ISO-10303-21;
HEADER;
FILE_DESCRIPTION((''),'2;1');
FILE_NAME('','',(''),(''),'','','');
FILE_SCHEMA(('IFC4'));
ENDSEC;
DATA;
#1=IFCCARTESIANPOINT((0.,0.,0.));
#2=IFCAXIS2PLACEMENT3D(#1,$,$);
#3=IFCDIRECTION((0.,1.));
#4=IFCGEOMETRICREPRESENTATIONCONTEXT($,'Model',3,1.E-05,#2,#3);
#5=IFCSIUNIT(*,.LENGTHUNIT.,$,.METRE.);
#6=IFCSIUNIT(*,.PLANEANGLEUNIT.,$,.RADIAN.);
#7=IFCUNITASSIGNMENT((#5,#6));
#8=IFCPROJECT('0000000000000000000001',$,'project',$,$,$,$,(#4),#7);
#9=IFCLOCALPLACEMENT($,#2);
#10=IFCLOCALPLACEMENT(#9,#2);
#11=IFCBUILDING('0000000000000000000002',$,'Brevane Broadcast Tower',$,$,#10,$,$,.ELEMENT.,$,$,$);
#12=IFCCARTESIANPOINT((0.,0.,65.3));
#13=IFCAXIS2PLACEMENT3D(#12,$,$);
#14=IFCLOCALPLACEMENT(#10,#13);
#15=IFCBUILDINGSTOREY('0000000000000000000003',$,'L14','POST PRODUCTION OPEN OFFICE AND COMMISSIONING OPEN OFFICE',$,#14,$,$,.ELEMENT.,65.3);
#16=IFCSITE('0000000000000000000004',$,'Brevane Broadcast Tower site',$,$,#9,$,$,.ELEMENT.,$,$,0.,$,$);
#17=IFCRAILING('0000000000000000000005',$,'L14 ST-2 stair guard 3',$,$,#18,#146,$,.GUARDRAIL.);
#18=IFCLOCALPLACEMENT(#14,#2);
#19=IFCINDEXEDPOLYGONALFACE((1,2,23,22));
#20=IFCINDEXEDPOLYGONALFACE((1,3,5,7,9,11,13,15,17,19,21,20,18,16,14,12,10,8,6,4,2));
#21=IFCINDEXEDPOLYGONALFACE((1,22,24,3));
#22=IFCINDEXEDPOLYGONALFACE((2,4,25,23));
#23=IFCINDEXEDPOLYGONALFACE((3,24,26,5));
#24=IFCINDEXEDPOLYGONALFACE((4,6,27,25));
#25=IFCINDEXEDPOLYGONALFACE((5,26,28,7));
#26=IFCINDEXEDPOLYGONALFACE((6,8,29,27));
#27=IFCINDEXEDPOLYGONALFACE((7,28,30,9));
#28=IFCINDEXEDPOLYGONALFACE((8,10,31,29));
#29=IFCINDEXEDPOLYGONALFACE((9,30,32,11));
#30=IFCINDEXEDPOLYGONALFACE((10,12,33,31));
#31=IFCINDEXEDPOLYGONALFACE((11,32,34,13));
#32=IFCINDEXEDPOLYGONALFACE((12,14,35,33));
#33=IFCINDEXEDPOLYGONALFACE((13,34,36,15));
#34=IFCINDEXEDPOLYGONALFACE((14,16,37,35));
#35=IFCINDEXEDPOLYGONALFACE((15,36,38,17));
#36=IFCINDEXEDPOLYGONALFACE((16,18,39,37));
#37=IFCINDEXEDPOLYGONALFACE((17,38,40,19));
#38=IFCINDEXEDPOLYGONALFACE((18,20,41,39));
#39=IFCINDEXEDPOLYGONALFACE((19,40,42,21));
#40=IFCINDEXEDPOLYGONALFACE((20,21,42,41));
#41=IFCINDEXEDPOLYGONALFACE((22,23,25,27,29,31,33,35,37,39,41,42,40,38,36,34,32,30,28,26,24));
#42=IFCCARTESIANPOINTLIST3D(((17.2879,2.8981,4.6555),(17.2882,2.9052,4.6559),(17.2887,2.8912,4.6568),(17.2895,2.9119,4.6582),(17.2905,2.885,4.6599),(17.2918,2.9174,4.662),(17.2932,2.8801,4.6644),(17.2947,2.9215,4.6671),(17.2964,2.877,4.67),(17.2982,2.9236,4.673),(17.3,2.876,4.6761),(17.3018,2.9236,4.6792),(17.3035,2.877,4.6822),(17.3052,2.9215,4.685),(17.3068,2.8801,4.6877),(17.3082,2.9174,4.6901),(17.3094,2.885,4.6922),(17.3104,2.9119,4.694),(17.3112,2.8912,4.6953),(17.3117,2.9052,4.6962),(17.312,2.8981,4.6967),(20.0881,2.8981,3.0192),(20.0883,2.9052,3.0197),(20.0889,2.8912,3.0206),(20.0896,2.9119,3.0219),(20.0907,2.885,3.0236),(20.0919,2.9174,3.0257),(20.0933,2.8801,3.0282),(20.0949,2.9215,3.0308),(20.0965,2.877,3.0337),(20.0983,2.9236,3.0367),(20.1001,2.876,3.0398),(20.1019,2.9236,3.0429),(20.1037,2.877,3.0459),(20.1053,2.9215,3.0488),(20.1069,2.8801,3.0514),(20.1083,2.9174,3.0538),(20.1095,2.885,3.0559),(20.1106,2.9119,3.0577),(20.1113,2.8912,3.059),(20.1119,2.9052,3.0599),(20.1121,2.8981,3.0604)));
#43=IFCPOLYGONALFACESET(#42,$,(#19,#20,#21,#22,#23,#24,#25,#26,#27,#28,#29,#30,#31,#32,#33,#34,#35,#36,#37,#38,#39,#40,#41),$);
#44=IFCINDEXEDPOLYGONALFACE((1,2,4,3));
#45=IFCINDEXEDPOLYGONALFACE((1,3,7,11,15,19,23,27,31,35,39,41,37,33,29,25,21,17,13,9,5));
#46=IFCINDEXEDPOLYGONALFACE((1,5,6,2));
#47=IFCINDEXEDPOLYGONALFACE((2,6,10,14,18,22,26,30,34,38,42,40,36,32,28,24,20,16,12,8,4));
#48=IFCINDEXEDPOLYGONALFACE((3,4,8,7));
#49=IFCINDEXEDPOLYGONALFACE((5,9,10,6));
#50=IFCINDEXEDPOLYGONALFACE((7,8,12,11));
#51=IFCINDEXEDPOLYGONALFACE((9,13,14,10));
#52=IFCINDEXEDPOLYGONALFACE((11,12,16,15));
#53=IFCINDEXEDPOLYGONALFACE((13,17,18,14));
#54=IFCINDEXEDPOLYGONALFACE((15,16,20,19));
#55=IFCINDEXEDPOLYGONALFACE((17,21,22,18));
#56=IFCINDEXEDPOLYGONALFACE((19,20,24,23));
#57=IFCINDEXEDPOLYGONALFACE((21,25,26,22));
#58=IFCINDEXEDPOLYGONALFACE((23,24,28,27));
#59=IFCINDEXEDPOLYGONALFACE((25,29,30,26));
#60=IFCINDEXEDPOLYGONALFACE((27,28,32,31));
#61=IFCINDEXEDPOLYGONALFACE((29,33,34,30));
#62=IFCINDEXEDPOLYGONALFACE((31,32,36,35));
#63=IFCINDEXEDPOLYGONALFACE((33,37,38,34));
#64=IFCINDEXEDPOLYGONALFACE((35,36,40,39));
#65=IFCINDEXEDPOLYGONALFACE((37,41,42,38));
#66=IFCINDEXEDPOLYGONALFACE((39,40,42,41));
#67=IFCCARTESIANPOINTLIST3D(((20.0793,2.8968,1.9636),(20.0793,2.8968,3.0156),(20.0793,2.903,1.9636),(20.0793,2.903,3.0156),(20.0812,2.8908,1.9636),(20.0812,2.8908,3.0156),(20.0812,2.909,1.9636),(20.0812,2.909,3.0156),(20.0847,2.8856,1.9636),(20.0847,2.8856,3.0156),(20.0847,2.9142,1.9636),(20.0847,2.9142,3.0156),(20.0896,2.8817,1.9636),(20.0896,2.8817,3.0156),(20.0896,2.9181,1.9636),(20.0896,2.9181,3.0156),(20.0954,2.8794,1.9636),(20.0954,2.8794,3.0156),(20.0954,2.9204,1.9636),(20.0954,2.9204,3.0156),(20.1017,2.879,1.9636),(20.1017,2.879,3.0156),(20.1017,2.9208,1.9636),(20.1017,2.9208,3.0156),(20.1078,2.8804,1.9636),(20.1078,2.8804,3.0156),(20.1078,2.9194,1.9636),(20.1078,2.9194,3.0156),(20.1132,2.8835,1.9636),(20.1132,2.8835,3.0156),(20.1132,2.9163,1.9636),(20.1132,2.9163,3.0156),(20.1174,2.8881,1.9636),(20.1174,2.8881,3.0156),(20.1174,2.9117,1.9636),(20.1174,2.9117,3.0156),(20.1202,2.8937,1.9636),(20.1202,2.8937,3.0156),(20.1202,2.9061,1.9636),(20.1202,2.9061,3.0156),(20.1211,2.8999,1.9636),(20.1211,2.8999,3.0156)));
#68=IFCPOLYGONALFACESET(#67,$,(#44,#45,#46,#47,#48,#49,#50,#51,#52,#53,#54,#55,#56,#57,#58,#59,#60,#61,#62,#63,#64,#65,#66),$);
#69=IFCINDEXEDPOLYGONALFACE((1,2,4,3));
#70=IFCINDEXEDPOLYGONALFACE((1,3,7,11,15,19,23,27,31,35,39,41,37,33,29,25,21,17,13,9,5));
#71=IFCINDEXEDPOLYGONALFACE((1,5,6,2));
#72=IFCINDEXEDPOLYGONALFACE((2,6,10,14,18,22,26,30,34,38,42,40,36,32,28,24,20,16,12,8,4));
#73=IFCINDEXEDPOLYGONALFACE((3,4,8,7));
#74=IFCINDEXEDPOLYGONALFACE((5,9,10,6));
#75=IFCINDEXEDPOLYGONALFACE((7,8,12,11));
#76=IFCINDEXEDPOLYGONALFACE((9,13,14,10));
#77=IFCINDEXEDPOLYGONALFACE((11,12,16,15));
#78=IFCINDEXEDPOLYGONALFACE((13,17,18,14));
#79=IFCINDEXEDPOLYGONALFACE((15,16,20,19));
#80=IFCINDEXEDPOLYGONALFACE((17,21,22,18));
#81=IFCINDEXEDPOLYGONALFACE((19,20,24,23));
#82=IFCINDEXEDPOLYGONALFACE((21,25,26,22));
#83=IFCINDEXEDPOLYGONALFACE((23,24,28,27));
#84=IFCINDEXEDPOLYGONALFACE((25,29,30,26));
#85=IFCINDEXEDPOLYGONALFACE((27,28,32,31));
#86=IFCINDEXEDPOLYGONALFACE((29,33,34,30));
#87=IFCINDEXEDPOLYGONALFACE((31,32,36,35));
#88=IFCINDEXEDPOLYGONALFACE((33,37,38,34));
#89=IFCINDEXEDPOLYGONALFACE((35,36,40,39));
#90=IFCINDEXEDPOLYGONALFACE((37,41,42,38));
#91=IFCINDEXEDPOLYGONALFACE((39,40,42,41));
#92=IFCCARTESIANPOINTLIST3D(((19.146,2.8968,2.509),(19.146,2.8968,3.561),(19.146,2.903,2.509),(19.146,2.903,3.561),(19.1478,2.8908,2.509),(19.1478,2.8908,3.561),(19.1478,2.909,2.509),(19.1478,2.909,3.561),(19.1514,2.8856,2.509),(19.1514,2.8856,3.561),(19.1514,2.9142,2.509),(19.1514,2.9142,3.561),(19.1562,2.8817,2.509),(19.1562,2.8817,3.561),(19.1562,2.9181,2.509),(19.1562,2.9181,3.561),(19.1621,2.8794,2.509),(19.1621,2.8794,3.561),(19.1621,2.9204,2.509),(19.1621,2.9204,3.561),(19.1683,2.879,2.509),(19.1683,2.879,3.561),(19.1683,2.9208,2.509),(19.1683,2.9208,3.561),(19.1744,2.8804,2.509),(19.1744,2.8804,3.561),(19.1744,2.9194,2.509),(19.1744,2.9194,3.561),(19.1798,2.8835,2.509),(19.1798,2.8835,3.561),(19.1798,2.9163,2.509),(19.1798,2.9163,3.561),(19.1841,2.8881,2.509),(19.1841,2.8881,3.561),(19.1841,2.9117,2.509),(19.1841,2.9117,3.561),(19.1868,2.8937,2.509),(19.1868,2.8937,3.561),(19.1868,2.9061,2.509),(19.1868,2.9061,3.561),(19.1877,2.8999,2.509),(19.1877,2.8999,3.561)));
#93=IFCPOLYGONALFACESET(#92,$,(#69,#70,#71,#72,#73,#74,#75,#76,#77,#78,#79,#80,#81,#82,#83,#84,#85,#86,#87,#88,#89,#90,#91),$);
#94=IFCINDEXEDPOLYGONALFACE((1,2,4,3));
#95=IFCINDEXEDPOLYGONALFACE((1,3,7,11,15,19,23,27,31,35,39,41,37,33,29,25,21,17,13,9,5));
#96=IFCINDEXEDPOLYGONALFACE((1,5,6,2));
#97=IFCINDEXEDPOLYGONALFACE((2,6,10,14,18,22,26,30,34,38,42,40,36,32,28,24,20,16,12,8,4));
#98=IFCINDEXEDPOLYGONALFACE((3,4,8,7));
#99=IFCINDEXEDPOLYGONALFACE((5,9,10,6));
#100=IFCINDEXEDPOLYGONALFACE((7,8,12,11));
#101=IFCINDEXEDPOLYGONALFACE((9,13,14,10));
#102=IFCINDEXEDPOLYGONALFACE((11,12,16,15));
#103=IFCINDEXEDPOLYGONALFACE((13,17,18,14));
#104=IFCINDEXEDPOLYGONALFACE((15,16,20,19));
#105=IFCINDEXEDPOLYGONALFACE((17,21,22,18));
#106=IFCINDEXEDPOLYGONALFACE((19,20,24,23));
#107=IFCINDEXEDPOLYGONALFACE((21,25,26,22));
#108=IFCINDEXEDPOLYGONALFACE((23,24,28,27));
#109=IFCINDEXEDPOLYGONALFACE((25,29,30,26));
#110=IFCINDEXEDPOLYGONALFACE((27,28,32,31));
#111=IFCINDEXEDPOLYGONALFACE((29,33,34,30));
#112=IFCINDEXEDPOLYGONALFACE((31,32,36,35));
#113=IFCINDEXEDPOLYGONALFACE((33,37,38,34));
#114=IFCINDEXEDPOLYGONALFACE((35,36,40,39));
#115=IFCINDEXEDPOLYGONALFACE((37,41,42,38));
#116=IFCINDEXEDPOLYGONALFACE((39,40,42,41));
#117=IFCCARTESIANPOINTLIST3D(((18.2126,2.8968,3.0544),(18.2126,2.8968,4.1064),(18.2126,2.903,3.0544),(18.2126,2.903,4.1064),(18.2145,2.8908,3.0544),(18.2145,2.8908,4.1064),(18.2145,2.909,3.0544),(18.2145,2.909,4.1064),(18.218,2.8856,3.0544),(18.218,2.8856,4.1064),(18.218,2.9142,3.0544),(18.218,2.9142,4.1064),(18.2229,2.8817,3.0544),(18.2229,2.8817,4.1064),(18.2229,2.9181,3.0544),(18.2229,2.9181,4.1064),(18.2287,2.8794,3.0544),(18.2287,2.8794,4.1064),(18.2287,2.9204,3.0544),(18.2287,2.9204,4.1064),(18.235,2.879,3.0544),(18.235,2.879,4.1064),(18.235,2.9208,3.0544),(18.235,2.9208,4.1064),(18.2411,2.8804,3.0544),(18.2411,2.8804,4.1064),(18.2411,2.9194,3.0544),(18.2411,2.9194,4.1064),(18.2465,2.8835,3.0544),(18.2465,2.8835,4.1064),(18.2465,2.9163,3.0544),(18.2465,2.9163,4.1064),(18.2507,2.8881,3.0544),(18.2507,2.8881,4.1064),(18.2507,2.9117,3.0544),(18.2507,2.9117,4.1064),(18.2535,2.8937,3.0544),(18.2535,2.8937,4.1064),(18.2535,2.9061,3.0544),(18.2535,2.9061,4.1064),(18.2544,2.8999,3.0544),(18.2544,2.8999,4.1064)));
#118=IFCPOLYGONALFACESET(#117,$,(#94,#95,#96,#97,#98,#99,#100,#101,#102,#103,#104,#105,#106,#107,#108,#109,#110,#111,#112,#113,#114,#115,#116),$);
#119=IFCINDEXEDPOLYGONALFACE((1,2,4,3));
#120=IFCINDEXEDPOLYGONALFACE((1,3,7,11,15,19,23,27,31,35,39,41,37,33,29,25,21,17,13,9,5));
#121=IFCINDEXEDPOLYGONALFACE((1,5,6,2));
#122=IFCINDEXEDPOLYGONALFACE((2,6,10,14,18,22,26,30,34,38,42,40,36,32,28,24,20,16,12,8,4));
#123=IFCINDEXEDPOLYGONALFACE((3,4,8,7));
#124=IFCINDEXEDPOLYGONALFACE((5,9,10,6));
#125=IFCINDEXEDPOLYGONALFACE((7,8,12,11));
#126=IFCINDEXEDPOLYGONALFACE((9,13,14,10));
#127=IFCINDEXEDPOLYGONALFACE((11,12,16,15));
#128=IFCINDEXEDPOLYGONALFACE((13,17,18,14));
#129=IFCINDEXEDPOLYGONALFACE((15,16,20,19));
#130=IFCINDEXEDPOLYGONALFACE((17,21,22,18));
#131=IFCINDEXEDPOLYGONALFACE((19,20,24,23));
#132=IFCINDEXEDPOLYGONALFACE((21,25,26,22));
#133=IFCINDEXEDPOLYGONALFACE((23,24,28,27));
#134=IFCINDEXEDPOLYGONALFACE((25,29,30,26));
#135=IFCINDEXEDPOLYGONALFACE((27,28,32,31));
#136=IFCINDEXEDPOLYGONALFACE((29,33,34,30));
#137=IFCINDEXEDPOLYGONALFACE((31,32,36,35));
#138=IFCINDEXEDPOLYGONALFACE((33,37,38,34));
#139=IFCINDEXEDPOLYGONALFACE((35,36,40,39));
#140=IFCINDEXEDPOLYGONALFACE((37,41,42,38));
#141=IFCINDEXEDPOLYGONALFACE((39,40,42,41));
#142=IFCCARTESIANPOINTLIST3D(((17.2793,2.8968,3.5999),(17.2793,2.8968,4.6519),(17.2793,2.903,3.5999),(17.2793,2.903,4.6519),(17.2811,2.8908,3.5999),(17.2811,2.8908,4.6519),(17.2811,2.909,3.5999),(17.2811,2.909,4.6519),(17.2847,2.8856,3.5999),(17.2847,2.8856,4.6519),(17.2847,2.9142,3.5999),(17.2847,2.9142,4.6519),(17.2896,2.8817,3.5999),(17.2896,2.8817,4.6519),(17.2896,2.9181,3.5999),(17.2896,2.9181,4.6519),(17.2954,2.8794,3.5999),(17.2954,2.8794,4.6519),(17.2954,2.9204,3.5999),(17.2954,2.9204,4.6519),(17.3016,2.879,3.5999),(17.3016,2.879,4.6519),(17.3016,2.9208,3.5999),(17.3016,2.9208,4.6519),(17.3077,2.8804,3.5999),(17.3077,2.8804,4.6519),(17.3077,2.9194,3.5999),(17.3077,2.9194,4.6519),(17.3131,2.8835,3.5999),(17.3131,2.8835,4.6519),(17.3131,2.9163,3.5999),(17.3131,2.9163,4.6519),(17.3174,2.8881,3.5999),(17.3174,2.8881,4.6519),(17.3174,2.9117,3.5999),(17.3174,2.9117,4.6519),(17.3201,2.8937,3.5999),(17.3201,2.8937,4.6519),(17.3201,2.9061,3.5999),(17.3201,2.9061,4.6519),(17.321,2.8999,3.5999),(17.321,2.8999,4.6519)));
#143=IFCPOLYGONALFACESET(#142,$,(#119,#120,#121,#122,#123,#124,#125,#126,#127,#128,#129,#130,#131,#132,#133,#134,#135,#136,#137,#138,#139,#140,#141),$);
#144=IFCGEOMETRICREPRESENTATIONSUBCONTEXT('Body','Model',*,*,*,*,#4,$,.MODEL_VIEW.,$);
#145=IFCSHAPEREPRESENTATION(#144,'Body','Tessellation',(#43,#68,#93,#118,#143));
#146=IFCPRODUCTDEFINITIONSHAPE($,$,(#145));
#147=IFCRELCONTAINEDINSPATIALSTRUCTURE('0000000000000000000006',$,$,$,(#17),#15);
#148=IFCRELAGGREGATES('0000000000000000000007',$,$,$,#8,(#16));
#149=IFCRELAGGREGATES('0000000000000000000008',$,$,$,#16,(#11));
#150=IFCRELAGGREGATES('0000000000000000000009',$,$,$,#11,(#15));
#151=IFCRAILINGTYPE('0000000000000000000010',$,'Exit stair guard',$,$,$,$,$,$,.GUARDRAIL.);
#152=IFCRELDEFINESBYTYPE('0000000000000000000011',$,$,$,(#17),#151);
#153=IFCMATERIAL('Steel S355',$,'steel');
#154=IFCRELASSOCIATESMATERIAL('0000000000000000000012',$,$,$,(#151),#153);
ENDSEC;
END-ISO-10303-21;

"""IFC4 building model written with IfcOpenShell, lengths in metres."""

from ifc_helpers import new_model, si_unit, direction, frame, origin, origin_2d, place, context, subcontext, project, spatial, circle, extrude, material, type_object, element, save


model = new_model("IFC4")

# Units and contexts
model_context = context("Model", 3, precision=1e-05, world=origin(), true_north=direction((0.0, 1.0)))
body_context = subcontext(model_context, "Body", "Model", "MODEL_VIEW")
ifc_project = project(units=[si_unit("LENGTHUNIT", "METRE"), si_unit("PLANEANGLEUNIT", "RADIAN")], contexts=[model_context])

# Site, building, storey
site_placement = place(None, origin())
site = spatial("IfcSite", under=ifc_project, at=site_placement, Name="Brevane Broadcast Tower site", CompositionType="ELEMENT", RefElevation=0.0)
building_placement = place(site_placement, origin())
building = spatial("IfcBuilding", under=site, at=building_placement, Name="Brevane Broadcast Tower", CompositionType="ELEMENT")
storey_placement = place(building_placement, frame((0.0, 0.0, 65.3)))
storey = spatial("IfcBuildingStorey", under=building, at=storey_placement, Name="L14", Description="POST PRODUCTION OPEN OFFICE AND COMMISSIONING OPEN OFFICE", CompositionType="ELEMENT", Elevation=65.3)

# Railing
ifc_material_1 = material(Name="Steel S355", Category="steel")
railing_type_1 = type_object("IfcRailingType", Name="Exit stair guard", PredefinedType="GUARDRAIL", material=ifc_material_1)
railing_1_placement = place(storey_placement, frame((20.1001, 2.8999, 1.9636)))
element("IfcRailing", 1, at=railing_1_placement, inside=storey, type_object=railing_type_1, Name="L14 ST-2 stair guard 3", PredefinedType="GUARDRAIL", context=body_context, shape_type="SweptSolid", body=[
    extrude(circle(Radius=0.0239, at=origin_2d()), frame((0.0, 0.0, 1.0762), z_axis=(-0.863394, 0.0, 0.504531), x_axis=(0.0, -1.0, 0.0)), (0.0, 0.0, 1.0), 3.2432),
    extrude(circle(Radius=0.021, at=origin_2d()), origin(), (0.0, 0.0, 1.0), 1.052),
    extrude(circle(Radius=0.021, at=origin_2d()), frame((-0.9333, 0.0, 0.5454)), (0.0, 0.0, 1.0), 1.052),
    extrude(circle(Radius=0.021, at=origin_2d()), frame((-1.8667, 0.0, 1.0908)), (0.0, 0.0, 1.0), 1.052),
    extrude(circle(Radius=0.021, at=origin_2d()), frame((-2.8, 0.0, 1.6362)), (0.0, 0.0, 1.0), 1.052),
])

save(model, "model.ifc")
